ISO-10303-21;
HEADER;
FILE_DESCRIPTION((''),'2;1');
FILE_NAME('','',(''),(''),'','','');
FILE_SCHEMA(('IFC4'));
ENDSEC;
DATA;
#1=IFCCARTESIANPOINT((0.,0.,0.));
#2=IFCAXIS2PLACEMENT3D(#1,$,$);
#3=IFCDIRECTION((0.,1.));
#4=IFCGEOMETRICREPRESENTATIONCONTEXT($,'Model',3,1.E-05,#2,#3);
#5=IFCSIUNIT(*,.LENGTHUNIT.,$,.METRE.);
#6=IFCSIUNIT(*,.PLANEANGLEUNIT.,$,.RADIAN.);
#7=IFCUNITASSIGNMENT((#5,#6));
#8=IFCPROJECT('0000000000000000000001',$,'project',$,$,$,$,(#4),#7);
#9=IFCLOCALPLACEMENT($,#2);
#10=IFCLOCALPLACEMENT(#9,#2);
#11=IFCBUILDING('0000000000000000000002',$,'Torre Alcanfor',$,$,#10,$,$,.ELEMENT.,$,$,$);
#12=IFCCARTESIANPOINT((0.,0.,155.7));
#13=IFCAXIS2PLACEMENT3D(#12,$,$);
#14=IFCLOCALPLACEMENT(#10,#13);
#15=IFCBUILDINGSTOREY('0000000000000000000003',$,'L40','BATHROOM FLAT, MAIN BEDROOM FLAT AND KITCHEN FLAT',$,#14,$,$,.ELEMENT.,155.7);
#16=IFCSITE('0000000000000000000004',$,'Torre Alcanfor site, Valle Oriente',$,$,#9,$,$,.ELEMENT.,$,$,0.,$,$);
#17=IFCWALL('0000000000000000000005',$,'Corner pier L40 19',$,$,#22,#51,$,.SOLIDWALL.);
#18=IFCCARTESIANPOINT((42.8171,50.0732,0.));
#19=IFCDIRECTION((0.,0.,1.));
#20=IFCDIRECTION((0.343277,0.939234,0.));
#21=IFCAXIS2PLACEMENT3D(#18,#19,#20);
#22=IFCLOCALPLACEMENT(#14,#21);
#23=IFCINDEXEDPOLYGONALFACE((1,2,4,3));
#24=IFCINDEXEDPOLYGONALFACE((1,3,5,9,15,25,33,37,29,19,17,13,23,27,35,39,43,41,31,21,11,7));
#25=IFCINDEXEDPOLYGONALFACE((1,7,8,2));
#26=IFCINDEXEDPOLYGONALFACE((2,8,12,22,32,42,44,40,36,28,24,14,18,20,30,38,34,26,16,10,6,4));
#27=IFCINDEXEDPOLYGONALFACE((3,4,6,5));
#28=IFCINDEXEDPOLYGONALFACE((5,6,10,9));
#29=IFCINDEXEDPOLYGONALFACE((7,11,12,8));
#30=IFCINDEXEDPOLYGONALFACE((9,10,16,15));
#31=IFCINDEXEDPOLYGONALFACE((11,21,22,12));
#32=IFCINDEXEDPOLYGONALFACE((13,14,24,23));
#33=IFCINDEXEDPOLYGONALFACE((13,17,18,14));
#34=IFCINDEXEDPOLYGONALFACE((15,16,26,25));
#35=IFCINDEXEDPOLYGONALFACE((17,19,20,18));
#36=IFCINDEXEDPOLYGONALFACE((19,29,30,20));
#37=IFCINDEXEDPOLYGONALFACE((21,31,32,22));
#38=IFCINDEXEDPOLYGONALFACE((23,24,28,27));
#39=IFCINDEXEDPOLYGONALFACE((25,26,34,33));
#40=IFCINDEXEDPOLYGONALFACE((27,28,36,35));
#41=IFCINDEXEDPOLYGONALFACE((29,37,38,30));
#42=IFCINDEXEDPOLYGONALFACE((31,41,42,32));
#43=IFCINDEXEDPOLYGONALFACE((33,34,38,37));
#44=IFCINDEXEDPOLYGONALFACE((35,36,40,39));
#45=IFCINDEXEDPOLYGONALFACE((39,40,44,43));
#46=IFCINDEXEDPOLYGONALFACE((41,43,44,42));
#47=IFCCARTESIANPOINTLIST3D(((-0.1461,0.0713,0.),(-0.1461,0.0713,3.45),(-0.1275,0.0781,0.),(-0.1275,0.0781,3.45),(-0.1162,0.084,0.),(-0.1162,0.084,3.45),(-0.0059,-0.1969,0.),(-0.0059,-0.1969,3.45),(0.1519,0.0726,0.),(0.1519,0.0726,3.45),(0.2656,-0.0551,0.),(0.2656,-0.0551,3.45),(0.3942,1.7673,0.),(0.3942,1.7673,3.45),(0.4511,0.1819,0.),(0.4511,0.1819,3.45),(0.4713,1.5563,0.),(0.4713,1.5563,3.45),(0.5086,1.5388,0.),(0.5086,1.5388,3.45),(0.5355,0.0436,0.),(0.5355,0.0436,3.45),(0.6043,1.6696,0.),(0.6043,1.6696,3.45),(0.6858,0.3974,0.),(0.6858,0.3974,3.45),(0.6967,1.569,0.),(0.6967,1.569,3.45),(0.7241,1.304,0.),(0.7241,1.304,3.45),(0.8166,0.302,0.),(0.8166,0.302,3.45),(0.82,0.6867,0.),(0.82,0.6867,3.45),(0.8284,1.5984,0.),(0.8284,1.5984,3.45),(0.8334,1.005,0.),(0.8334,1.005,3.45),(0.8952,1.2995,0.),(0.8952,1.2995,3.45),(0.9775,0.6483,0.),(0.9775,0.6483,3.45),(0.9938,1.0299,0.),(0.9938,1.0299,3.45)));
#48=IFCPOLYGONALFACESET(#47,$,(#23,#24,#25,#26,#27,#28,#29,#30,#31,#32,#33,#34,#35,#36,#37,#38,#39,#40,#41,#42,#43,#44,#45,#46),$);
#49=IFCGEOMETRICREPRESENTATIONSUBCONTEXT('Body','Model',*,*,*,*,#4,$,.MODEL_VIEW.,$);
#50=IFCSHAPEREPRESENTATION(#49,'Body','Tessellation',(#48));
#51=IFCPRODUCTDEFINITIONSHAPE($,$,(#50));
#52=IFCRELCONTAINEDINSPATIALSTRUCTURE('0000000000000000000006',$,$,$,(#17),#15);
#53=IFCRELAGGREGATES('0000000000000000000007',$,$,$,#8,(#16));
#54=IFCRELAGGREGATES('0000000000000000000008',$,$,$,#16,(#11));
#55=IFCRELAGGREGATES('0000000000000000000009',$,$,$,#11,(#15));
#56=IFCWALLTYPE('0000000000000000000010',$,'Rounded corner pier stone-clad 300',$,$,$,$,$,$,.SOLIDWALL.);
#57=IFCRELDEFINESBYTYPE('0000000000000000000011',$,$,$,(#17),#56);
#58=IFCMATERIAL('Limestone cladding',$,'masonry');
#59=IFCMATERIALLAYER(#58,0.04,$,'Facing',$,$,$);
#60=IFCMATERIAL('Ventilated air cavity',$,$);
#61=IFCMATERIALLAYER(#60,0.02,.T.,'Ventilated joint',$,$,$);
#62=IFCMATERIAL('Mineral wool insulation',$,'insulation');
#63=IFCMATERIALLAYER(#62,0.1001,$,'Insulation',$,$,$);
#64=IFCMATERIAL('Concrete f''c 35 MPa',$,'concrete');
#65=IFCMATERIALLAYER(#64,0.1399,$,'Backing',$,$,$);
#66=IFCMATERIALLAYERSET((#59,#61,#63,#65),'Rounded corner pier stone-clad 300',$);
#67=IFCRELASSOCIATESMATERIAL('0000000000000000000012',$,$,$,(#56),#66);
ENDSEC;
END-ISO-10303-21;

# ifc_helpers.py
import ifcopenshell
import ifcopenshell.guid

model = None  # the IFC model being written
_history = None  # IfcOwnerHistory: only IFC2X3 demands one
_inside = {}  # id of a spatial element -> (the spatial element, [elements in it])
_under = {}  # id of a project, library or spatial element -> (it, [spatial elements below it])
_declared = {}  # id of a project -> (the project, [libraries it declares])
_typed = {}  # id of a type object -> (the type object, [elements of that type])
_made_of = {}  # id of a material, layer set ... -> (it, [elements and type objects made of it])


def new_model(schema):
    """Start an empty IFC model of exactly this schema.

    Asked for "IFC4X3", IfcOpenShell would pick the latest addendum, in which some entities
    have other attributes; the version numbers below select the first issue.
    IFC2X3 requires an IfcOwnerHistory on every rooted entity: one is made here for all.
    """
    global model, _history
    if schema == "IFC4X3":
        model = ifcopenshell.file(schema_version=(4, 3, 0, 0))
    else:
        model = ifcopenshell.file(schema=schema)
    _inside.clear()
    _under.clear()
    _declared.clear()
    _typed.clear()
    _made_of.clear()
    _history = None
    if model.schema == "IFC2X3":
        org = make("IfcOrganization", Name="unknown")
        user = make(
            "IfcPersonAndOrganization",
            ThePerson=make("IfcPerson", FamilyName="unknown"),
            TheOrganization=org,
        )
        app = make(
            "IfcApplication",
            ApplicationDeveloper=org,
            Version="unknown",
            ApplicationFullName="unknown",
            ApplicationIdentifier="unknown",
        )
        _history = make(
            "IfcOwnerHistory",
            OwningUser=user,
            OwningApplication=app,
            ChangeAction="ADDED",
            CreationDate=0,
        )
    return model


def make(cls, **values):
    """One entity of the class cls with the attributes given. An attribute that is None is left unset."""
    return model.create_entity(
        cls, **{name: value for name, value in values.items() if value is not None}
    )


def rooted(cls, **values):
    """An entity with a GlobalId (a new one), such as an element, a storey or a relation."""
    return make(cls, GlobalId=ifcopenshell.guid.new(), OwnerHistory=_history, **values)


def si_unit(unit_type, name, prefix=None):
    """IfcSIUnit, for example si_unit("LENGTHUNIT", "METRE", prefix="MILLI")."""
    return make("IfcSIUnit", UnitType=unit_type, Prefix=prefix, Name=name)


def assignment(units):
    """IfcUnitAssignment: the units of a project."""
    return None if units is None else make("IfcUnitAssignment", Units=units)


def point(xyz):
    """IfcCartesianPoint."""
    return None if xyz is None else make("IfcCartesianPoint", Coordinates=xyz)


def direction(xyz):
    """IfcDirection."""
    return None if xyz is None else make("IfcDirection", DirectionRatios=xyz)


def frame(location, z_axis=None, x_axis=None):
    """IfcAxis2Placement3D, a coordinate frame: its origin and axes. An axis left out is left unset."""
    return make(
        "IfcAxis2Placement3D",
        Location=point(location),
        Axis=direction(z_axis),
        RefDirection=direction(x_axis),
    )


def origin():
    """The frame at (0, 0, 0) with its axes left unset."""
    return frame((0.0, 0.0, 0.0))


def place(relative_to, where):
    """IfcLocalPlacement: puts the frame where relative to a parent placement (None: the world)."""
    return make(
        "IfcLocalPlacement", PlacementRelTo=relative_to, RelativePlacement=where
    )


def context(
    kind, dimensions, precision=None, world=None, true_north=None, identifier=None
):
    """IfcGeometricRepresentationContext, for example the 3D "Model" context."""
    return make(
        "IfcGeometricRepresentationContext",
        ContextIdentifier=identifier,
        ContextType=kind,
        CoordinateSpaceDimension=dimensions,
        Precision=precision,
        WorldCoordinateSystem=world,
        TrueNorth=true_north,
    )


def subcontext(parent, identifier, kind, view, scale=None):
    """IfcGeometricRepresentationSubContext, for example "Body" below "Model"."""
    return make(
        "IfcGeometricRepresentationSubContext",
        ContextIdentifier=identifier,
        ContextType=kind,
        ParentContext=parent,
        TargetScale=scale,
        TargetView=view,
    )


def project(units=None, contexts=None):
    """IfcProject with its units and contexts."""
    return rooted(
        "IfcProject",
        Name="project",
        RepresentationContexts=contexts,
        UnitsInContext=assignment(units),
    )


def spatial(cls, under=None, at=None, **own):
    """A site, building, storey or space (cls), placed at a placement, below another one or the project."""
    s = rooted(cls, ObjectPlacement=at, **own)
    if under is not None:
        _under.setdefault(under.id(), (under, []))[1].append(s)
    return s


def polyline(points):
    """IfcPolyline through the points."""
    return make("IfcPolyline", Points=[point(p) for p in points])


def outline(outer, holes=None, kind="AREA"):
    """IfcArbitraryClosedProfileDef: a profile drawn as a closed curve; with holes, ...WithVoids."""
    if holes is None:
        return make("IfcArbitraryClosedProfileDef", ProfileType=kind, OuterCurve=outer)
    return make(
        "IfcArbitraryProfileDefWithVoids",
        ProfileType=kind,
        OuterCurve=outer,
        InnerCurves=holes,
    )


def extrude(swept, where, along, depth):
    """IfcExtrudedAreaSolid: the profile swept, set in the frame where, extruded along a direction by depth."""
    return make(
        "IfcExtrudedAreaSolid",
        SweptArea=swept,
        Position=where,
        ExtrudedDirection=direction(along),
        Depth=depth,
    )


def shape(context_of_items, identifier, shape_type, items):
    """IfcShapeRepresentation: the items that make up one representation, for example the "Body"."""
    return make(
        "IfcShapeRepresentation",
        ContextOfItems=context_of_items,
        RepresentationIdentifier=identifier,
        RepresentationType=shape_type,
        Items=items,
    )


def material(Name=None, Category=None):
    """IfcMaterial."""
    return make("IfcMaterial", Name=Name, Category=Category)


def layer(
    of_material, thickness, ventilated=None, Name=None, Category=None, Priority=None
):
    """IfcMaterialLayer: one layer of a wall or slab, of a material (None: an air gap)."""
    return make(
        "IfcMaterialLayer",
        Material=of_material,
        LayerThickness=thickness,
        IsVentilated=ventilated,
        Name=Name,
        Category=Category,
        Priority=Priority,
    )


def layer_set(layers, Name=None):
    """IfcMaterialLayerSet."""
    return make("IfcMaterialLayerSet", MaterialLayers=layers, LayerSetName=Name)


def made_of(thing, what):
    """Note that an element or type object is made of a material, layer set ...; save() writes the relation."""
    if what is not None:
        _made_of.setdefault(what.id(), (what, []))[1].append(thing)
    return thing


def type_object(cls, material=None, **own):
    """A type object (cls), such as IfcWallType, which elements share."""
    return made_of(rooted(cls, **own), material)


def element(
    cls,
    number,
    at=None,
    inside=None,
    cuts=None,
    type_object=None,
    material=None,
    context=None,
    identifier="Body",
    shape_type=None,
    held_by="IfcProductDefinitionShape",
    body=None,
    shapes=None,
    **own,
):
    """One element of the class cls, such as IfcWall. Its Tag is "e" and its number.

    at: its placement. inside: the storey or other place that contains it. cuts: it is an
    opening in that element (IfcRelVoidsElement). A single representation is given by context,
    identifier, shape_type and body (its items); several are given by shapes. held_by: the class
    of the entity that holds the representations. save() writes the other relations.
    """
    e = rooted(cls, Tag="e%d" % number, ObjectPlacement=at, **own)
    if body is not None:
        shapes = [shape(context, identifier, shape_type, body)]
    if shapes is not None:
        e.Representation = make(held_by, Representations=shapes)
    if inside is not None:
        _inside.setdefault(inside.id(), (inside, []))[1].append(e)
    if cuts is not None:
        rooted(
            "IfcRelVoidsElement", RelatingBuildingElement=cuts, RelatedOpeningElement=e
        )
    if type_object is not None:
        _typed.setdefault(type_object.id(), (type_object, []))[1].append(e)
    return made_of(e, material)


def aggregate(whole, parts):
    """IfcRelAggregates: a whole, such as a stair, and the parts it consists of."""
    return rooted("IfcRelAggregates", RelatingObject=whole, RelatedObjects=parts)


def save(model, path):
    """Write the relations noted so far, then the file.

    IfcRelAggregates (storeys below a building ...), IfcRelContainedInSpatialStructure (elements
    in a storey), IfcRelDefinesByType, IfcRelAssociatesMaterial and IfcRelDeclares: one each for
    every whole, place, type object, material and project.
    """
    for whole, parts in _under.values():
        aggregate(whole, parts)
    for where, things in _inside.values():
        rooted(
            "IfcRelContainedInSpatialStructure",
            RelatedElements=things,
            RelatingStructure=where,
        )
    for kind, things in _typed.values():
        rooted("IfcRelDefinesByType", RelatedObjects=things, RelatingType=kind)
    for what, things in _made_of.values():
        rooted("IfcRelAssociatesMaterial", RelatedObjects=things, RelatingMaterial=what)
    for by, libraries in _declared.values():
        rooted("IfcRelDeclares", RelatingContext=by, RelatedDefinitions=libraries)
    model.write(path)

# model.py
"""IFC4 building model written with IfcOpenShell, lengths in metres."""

from ifc_helpers import new_model, si_unit, direction, frame, origin, place, context, subcontext, project, spatial, polyline, outline, extrude, material, layer, layer_set, type_object, element, save


model = new_model("IFC4")

# Units and contexts
model_context = context("Model", 3, precision=1e-05, world=origin(), true_north=direction((0.0, 1.0)))
body_context = subcontext(model_context, "Body", "Model", "MODEL_VIEW")
ifc_project = project(units=[si_unit("LENGTHUNIT", "METRE"), si_unit("PLANEANGLEUNIT", "RADIAN")], contexts=[model_context])

# Site, building, storey
site_placement = place(None, origin())
site = spatial("IfcSite", under=ifc_project, at=site_placement, Name="Torre Alcanfor site, Valle Oriente", CompositionType="ELEMENT", RefElevation=0.0)
building_placement = place(site_placement, origin())
building = spatial("IfcBuilding", under=site, at=building_placement, Name="Torre Alcanfor", CompositionType="ELEMENT")
storey_placement = place(building_placement, frame((0.0, 0.0, 155.7)))
storey = spatial("IfcBuildingStorey", under=building, at=storey_placement, Name="L40", Description="BATHROOM FLAT, MAIN BEDROOM FLAT AND KITCHEN FLAT", CompositionType="ELEMENT", Elevation=155.7)

# Shared definitions
ifc_material_1 = material(Name="Limestone cladding", Category="masonry")
ifc_material_2 = material(Name="Ventilated air cavity")
ifc_material_3 = material(Name="Mineral wool insulation", Category="insulation")
ifc_material_4 = material(Name="Concrete f'c 35 MPa", Category="concrete")

# Wall
ifc_layer_1 = layer(ifc_material_1, 0.04, Name="Facing")
ifc_layer_2 = layer(ifc_material_2, 0.02, ventilated=True, Name="Ventilated joint")
ifc_layer_3 = layer(ifc_material_3, 0.1001, Name="Insulation")
ifc_layer_4 = layer(ifc_material_4, 0.1399, Name="Backing")
ifc_layer_set_1 = layer_set([ifc_layer_1, ifc_layer_2, ifc_layer_3, ifc_layer_4], Name="Rounded corner pier stone-clad 300")
wall_type_1 = type_object("IfcWallType", Name="Rounded corner pier stone-clad 300", PredefinedType="SOLIDWALL", material=ifc_layer_set_1)
wall_1_placement = place(storey_placement, frame((42.8171, 50.0732, 0.0), z_axis=(0.0, 0.0, 1.0), x_axis=(0.343277, 0.939234, 0.0)))
element("IfcWall", 1, at=wall_1_placement, inside=storey, type_object=wall_type_1, Name="Corner pier L40 19", PredefinedType="SOLIDWALL", context=body_context, shape_type="SweptSolid", body=[
    extrude(outline(polyline([(0.2656, -0.0551), (0.5355, 0.0436), (0.8166, 0.302), (0.9775, 0.6483), (0.9938, 1.0299), (0.8952, 1.2995), (0.8284, 1.5984), (0.6967, 1.569), (0.6043, 1.6696), (0.3942, 1.7673), (0.4713, 1.5563), (0.5086, 1.5388), (0.7241, 1.304), (0.8334, 1.005), (0.82, 0.6867), (0.6858, 0.3974), (0.4511, 0.1819), (0.1519, 0.0726), (-0.1162, 0.084), (-0.1275, 0.0781), (-0.1461, 0.0713), (-0.0059, -0.1969), (0.2656, -0.0551)])), origin(), (0.0, 0.0, 1.0), 3.45),
])

save(model, "model.ifc")
